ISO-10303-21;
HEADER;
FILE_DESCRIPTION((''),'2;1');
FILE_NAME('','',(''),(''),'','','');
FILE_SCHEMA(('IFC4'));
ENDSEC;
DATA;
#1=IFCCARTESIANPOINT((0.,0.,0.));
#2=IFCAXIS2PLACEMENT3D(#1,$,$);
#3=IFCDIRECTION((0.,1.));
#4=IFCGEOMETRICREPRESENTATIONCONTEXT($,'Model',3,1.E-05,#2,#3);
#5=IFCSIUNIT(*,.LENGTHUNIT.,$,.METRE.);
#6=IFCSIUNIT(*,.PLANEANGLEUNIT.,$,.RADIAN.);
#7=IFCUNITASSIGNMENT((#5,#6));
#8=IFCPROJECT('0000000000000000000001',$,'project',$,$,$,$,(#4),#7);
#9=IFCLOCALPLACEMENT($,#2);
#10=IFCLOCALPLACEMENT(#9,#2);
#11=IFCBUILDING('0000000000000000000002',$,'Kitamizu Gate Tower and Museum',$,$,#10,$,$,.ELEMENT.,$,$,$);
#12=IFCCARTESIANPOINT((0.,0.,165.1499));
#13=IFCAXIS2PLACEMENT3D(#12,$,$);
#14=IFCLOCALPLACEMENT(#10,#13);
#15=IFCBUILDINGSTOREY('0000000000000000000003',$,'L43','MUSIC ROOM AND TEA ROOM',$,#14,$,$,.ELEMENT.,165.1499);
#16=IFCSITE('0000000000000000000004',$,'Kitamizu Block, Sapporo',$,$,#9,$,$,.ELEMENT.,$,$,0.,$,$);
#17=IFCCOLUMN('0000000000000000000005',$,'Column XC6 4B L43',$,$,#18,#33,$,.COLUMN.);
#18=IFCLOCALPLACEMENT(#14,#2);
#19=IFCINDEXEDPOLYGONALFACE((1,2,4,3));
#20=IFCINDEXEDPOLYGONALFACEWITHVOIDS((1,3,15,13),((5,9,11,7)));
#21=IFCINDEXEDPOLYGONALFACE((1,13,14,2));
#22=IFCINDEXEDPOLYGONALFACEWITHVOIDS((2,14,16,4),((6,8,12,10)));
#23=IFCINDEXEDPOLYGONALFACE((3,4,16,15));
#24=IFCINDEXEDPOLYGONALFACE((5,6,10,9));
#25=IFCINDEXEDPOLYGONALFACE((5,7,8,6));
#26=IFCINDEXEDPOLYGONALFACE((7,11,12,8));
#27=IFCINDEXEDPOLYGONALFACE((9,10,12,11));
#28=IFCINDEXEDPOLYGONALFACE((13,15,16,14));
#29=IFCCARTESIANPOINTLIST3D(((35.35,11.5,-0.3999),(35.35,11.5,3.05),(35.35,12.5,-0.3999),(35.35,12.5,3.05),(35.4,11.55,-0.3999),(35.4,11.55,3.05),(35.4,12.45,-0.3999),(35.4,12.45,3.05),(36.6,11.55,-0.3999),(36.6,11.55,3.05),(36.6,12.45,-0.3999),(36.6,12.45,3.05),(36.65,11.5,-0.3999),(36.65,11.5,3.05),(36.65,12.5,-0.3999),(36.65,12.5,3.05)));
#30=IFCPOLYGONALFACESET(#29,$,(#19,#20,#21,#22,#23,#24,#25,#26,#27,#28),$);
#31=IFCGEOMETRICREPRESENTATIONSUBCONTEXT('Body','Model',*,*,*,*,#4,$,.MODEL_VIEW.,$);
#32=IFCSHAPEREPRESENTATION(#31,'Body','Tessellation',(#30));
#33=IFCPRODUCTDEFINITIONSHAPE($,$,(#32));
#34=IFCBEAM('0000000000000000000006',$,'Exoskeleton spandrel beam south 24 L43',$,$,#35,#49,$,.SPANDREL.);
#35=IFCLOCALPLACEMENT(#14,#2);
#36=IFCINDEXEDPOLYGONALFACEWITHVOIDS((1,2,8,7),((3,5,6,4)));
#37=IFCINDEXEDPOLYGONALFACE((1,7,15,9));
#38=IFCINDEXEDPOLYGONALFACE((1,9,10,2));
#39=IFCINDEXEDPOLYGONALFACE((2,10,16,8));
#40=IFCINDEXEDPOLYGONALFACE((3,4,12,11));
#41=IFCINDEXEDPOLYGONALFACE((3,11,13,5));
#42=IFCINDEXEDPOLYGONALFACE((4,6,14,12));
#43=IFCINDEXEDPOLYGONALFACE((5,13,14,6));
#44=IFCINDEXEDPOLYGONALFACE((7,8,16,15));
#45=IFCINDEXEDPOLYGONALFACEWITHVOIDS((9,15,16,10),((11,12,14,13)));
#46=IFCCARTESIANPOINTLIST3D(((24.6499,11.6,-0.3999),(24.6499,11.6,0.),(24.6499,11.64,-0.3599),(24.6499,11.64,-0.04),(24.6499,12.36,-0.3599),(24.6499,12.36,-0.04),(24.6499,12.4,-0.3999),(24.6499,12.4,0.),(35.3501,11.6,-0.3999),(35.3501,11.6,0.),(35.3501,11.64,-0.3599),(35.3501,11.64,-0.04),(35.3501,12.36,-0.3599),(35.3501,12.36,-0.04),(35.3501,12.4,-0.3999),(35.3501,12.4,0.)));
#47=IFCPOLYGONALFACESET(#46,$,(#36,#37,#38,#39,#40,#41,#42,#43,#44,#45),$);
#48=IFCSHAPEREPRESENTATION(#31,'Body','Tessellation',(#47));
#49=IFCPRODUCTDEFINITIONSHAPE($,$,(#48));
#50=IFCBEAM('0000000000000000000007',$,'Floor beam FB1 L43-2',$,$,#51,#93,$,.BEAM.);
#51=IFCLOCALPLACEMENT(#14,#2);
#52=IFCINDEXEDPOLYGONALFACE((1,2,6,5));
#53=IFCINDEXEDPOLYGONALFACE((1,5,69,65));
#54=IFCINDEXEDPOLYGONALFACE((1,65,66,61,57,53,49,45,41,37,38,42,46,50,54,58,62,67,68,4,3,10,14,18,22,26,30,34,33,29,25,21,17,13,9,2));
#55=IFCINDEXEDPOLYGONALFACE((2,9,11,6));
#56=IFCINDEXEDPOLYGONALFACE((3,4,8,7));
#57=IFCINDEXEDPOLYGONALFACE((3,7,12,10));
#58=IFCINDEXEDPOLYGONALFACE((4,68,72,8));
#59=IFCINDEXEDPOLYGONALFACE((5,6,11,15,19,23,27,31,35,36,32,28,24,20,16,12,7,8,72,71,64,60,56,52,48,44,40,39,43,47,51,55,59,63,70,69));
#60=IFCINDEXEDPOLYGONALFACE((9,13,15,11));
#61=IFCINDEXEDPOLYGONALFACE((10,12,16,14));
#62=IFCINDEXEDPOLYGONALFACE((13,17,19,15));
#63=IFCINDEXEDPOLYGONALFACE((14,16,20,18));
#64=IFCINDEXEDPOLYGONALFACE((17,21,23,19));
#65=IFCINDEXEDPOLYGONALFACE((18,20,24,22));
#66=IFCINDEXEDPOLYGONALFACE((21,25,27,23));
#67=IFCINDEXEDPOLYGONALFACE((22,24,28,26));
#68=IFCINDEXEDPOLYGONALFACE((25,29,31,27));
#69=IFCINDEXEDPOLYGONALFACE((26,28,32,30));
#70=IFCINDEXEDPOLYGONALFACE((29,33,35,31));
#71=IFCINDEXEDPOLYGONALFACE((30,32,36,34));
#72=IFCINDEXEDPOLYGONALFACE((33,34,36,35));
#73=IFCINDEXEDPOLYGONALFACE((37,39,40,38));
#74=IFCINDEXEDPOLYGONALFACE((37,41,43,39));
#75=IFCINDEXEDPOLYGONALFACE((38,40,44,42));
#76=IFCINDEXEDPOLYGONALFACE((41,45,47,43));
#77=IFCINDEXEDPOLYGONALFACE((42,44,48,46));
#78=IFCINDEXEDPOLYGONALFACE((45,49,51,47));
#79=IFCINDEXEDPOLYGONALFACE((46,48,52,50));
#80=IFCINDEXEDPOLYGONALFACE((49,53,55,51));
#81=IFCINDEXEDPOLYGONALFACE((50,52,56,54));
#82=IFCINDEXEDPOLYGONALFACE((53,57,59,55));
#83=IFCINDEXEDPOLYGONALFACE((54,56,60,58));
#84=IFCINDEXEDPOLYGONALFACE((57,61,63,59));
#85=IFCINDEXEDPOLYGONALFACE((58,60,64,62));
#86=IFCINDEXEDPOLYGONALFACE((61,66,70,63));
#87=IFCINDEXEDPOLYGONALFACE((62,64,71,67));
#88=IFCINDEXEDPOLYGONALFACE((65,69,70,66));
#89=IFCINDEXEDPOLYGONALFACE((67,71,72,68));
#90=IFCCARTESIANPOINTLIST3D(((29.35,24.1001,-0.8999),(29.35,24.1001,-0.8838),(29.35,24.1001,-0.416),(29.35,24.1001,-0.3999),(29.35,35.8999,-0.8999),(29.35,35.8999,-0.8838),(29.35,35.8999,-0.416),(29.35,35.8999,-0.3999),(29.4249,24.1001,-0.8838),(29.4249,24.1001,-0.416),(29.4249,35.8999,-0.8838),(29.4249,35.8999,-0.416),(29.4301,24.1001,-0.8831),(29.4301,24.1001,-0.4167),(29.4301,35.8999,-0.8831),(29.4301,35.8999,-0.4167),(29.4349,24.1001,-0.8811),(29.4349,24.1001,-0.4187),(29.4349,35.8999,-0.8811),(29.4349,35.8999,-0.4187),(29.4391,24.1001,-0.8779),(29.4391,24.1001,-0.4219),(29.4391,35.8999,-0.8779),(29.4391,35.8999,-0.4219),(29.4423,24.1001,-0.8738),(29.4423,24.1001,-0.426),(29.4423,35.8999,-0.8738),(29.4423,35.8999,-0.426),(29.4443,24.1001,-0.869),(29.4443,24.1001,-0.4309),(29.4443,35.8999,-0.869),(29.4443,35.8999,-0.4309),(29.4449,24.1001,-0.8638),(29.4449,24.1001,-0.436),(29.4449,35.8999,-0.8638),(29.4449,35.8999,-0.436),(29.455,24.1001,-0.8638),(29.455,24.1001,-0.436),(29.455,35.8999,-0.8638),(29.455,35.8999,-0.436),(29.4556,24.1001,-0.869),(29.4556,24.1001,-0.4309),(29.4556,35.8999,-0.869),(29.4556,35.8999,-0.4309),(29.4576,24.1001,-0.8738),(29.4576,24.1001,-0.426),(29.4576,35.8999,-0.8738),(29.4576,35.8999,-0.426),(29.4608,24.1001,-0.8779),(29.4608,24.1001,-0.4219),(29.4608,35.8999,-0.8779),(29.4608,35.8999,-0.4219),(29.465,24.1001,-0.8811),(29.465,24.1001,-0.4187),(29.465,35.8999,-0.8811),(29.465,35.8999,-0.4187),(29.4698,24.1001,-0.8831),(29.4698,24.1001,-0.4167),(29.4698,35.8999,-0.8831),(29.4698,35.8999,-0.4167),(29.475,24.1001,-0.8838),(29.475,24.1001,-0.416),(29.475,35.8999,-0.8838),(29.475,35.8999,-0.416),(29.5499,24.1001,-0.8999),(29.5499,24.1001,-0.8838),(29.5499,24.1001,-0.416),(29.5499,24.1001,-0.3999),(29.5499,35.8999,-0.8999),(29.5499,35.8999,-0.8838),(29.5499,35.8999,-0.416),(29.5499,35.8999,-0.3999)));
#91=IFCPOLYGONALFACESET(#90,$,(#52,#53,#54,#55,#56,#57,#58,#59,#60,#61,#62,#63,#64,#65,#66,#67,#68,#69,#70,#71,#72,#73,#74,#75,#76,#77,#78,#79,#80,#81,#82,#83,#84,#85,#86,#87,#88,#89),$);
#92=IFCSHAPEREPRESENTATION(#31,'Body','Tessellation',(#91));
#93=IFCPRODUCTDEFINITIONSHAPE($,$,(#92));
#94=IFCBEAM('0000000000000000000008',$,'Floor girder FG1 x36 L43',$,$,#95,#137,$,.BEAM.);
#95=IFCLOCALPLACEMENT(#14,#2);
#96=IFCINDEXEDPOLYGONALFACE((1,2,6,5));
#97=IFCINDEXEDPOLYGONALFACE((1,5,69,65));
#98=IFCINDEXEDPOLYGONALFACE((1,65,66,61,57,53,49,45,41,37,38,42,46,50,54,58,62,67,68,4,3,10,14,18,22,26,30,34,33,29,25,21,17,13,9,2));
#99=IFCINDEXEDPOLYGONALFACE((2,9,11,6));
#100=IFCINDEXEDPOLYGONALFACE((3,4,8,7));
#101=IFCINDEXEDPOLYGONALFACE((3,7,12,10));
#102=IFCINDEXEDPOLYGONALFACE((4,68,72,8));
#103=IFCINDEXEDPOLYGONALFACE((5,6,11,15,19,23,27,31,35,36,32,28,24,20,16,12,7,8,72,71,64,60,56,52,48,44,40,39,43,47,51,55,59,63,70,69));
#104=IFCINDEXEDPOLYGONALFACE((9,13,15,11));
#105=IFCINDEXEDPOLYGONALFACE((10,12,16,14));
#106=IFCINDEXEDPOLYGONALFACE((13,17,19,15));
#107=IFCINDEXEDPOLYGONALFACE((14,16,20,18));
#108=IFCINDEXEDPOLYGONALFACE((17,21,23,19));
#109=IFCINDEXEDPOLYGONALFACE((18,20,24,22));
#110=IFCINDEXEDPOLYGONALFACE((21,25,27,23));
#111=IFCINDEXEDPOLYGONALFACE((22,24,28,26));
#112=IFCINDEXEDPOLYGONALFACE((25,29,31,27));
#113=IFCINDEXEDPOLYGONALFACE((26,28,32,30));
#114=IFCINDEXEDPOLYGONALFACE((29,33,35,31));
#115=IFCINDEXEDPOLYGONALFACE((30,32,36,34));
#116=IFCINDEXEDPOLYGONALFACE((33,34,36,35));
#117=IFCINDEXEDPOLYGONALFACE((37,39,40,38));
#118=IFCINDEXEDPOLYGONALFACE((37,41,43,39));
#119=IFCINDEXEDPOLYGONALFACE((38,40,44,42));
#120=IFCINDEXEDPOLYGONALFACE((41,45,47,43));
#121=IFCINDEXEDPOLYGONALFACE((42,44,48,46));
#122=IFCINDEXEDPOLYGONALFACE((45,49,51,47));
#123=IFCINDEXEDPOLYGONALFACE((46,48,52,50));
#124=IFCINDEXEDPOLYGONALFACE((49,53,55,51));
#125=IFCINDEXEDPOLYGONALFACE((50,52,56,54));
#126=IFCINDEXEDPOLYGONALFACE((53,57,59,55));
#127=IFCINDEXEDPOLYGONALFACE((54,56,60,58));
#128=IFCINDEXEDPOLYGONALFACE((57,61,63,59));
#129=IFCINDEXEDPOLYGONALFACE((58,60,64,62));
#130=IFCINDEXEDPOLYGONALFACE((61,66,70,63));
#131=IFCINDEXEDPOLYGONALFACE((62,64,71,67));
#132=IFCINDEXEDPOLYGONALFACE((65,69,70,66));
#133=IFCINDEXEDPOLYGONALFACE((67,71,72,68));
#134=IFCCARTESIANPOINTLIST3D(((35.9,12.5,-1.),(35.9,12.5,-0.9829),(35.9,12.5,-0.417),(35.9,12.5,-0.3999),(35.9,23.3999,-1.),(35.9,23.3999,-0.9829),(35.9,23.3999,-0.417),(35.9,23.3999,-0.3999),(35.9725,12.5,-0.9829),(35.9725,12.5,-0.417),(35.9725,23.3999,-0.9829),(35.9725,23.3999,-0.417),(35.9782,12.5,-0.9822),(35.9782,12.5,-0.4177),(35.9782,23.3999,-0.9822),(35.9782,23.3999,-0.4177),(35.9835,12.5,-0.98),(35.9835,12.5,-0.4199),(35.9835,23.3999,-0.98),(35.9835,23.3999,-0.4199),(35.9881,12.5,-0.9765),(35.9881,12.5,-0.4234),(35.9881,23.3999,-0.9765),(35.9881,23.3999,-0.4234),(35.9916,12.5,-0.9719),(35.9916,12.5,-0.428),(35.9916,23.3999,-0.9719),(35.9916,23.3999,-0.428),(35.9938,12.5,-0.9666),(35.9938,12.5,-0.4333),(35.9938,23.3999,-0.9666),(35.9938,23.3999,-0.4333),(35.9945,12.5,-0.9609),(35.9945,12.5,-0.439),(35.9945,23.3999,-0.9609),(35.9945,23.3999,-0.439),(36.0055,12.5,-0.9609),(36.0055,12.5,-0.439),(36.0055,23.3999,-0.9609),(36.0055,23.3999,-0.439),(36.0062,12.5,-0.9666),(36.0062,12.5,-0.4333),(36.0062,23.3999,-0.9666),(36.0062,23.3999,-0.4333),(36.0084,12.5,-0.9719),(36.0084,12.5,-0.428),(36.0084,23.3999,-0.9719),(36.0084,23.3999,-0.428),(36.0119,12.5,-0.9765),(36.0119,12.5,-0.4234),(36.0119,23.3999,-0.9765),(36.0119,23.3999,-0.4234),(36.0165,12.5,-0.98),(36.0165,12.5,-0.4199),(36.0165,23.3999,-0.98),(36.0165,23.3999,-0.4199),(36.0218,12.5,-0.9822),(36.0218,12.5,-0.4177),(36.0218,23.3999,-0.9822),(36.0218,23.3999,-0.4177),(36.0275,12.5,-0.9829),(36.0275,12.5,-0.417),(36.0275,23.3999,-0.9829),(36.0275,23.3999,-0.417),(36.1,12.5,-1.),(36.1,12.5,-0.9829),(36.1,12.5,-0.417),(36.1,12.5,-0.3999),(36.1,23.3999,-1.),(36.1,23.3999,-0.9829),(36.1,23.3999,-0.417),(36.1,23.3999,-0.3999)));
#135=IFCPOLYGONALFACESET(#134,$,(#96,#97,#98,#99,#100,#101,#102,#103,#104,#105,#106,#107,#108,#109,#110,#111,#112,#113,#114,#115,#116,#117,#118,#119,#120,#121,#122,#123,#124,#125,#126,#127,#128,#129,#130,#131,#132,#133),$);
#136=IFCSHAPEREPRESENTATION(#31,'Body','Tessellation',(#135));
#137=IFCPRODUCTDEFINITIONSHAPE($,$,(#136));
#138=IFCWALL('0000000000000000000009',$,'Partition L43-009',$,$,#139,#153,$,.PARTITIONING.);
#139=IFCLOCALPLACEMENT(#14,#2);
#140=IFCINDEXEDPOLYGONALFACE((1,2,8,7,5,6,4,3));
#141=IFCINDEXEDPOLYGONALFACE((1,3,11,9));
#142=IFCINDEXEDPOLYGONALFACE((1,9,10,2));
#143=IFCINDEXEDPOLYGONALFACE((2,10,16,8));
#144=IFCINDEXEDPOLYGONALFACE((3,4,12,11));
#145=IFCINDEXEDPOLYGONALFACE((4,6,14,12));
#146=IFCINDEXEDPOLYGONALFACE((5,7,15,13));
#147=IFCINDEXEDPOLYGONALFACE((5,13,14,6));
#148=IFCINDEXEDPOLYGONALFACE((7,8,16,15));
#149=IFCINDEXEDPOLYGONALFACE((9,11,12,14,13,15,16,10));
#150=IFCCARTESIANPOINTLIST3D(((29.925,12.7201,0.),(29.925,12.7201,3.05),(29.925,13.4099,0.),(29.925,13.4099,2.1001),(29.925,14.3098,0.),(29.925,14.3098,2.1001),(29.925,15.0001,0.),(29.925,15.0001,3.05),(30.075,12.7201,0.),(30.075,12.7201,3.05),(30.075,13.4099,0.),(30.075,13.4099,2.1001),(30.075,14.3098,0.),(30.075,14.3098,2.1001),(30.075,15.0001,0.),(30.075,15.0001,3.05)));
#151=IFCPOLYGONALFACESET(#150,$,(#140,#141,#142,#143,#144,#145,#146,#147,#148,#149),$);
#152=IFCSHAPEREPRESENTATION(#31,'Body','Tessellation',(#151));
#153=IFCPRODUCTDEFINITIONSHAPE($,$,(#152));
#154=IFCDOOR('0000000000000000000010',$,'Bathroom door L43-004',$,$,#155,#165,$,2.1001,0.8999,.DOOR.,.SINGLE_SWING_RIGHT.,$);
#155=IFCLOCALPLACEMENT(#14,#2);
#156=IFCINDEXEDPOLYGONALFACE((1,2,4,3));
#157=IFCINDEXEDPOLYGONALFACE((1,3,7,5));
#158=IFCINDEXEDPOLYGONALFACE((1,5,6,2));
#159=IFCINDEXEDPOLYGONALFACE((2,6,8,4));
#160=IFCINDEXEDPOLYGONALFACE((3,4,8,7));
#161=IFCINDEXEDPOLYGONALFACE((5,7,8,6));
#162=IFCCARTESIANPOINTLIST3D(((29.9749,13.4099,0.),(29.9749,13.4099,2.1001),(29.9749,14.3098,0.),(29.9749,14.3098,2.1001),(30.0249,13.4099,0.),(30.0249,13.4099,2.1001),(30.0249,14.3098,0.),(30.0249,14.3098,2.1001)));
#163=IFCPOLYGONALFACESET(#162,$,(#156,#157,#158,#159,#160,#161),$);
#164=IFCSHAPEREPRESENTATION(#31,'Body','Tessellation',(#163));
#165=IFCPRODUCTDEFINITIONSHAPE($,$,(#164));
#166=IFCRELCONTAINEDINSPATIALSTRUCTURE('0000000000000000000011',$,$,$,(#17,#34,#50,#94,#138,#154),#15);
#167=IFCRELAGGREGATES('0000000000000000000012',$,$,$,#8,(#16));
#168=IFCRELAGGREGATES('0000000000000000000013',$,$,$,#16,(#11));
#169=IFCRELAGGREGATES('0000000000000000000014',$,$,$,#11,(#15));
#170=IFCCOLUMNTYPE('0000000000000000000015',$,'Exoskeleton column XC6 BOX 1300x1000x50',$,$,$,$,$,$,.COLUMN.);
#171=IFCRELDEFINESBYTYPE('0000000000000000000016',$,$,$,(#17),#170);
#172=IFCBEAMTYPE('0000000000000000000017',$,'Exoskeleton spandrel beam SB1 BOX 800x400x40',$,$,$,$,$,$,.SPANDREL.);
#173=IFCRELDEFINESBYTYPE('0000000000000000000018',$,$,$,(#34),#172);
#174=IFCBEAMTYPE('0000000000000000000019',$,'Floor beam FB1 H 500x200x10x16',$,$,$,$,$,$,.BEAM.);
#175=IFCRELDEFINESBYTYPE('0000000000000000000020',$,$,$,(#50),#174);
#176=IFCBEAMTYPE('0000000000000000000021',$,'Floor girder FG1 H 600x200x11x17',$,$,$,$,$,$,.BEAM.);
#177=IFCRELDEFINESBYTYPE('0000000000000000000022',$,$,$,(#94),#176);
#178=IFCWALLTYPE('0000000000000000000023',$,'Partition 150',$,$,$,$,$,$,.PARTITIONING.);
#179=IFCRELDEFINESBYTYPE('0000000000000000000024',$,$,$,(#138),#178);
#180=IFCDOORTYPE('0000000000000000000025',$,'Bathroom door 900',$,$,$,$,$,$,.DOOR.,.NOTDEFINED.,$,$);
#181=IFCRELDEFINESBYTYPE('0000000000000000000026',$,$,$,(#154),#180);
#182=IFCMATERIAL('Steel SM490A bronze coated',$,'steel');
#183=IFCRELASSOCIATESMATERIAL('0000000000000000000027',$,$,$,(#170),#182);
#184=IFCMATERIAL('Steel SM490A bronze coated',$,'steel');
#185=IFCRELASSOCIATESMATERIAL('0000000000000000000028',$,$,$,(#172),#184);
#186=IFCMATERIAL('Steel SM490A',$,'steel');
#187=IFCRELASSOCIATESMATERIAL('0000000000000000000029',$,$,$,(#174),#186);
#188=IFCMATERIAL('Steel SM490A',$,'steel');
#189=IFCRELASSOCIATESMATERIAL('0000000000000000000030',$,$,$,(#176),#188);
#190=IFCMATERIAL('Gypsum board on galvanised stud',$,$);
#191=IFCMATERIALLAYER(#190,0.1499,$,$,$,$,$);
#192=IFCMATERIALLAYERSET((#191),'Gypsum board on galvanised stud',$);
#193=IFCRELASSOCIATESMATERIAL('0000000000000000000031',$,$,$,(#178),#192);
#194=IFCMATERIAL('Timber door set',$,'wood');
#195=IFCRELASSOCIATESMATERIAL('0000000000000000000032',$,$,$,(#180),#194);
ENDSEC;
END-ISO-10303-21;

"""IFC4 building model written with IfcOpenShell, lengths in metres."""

from ifc_helpers import new_model, si_unit, direction, frame, frame_2d, origin, origin_2d, place, context, subcontext, project, spatial, rectangle, hollow_rectangle, i_section, extrude, material, layer, layer_set, material_profile, profile_set, type_object, element, fill, save


model = new_model("IFC4")

# Units and contexts
model_context = context("Model", 3, precision=1e-05, world=origin(), true_north=direction((0.0, 1.0)))
body_context = subcontext(model_context, "Body", "Model", "MODEL_VIEW")
ifc_project = project(units=[si_unit("LENGTHUNIT", "METRE"), si_unit("PLANEANGLEUNIT", "RADIAN")], contexts=[model_context])

# Site, building, storey
site_placement = place(None, origin())
site = spatial("IfcSite", under=ifc_project, at=site_placement, Name="Kitamizu Block, Sapporo", CompositionType="ELEMENT", RefElevation=0.0)
building_placement = place(site_placement, origin())
building = spatial("IfcBuilding", under=site, at=building_placement, Name="Kitamizu Gate Tower and Museum", CompositionType="ELEMENT")
storey_placement = place(building_placement, frame((0.0, 0.0, 165.1499)))
storey = spatial("IfcBuildingStorey", under=building, at=storey_placement, Name="L43", Description="MUSIC ROOM AND TEA ROOM", CompositionType="ELEMENT", Elevation=165.1499)

# Column
ifc_material_1 = material(Name="Steel SM490A bronze coated", Category="steel")
ifc_material_profile_1 = material_profile(ifc_material_1, hollow_rectangle(XDim=1.3, YDim=1.0, WallThickness=0.05, at=origin_2d()), Name="BOX 1300x1000x50")
ifc_profile_set_1 = profile_set([ifc_material_profile_1], Name="Steel SM490A bronze coated")
column_type = type_object("IfcColumnType", Name="Exoskeleton column XC6 BOX 1300x1000x50", PredefinedType="COLUMN", material=ifc_profile_set_1)
column_placement = place(storey_placement, frame((36.0, 12.0, -0.3999), z_axis=(0.0, 0.0, 1.0), x_axis=(1.0, 0.0, 0.0)))
element("IfcColumn", 1, at=column_placement, inside=storey, type_object=column_type, Name="Column XC6 4B L43", PredefinedType="COLUMN", context=body_context, shape_type="SweptSolid", body=[
    extrude(hollow_rectangle(XDim=1.3, YDim=1.0, WallThickness=0.05, at=origin_2d()), origin(), (0.0, 0.0, 1.0), 3.45),
])

# Beams
ifc_material_2 = material(Name="Steel SM490A bronze coated", Category="steel")
ifc_material_profile_2 = material_profile(ifc_material_2, hollow_rectangle(XDim=0.8, YDim=0.3999, WallThickness=0.04, at=origin_2d()), Name="BOX 800x400x40")
ifc_profile_set_2 = profile_set([ifc_material_profile_2], Name="Steel SM490A bronze coated")
beam_type_1 = type_object("IfcBeamType", Name="Exoskeleton spandrel beam SB1 BOX 800x400x40", PredefinedType="SPANDREL", material=ifc_profile_set_2)
beam_1_placement = place(storey_placement, frame((24.6499, 12.0, -0.2), z_axis=(1.0, 0.0, 0.0), x_axis=(0.0, 1.0, 0.0)))
element("IfcBeam", 2, at=beam_1_placement, inside=storey, type_object=beam_type_1, Name="Exoskeleton spandrel beam south 24 L43", PredefinedType="SPANDREL", context=body_context, shape_type="SweptSolid", body=[
    extrude(hollow_rectangle(XDim=0.8, YDim=0.3999, WallThickness=0.04, at=origin_2d()), origin(), (0.0, 0.0, 1.0), 10.7002),
])
ifc_material_3 = material(Name="Steel SM490A", Category="steel")
ifc_material_profile_3 = material_profile(ifc_material_3, i_section(OverallWidth=0.2, OverallDepth=0.5, WebThickness=0.01, FlangeThickness=0.0161, FilletRadius=0.02, at=origin_2d()), Name="H-500x200x10x16")
ifc_profile_set_3 = profile_set([ifc_material_profile_3], Name="Steel SM490A")
beam_type_2 = type_object("IfcBeamType", Name="Floor beam FB1 H 500x200x10x16", PredefinedType="BEAM", material=ifc_profile_set_3)
beam_2_placement = place(storey_placement, frame((29.45, 24.1001, -0.6499), z_axis=(0.0, 1.0, 0.0), x_axis=(-1.0, 0.0, 0.0)))
element("IfcBeam", 3, at=beam_2_placement, inside=storey, type_object=beam_type_2, Name="Floor beam FB1 L43-2", PredefinedType="BEAM", context=body_context, shape_type="SweptSolid", body=[
    extrude(i_section(OverallWidth=0.2, OverallDepth=0.5, WebThickness=0.01, FlangeThickness=0.0161, FilletRadius=0.02, at=origin_2d()), origin(), (0.0, 0.0, 1.0), 11.7998),
])
ifc_material_4 = material(Name="Steel SM490A", Category="steel")
ifc_material_profile_4 = material_profile(ifc_material_4, i_section(OverallWidth=0.2, OverallDepth=0.6001, WebThickness=0.011, FlangeThickness=0.0171, FilletRadius=0.022, at=origin_2d()), Name="H-600x200x11x17")
ifc_profile_set_4 = profile_set([ifc_material_profile_4], Name="Steel SM490A")
beam_type_3 = type_object("IfcBeamType", Name="Floor girder FG1 H 600x200x11x17", PredefinedType="BEAM", material=ifc_profile_set_4)
beam_3_placement = place(storey_placement, frame((36.0, 12.5, -0.7), z_axis=(0.0, 1.0, 0.0), x_axis=(-1.0, 0.0, 0.0)))
element("IfcBeam", 4, at=beam_3_placement, inside=storey, type_object=beam_type_3, Name="Floor girder FG1 x36 L43", PredefinedType="BEAM", context=body_context, shape_type="SweptSolid", body=[
    extrude(i_section(OverallWidth=0.2, OverallDepth=0.6001, WebThickness=0.011, FlangeThickness=0.0171, FilletRadius=0.022, at=origin_2d()), origin(), (0.0, 0.0, 1.0), 10.8999),
])

# Wall, opening, door
ifc_material_5 = material(Name="Gypsum board on galvanised stud")
ifc_layer_1 = layer(ifc_material_5, 0.1499)
ifc_layer_set_1 = layer_set([ifc_layer_1], Name="Gypsum board on galvanised stud")
wall_type_1 = type_object("IfcWallType", Name="Partition 150", PredefinedType="PARTITIONING", material=ifc_layer_set_1)
wall_1_placement = place(storey_placement, frame((30.0, 12.72, 0.0), z_axis=(0.0, 0.0, 1.0), x_axis=(0.0, 1.0, 0.0)))
wall_1 = element("IfcWall", 5, at=wall_1_placement, inside=storey, type_object=wall_type_1, Name="Partition L43-009", PredefinedType="PARTITIONING", context=body_context, shape_type="SweptSolid", body=[
    extrude(rectangle(XDim=2.28, YDim=0.1499, at=frame_2d((1.1401, 0.0))), origin(), (0.0, 0.0, 1.0), 3.05),
])
opening_1_placement = place(wall_1_placement, frame((0.6899, 0.0, 0.0)))
opening_1 = element("IfcOpeningElement", 6, at=opening_1_placement, cuts=wall_1, PredefinedType="OPENING", context=body_context, shape_type="SweptSolid", body=[
    extrude(rectangle(XDim=0.8999, YDim=2.1001, at=frame_2d((0.45, 1.05))), frame((0.0, 0.085, 0.0), z_axis=(0.0, -1.0, 0.0), x_axis=(1.0, 0.0, 0.0)), (0.0, 0.0, 1.0), 0.1699),
])
ifc_material_6 = material(Name="Timber door set", Category="wood")
door_type_1 = type_object("IfcDoorType", Name="Bathroom door 900", OperationType="NOTDEFINED", PredefinedType="DOOR", material=ifc_material_6)
door_1_placement = place(opening_1_placement, frame((0.8999, 0.0, 0.0), x_axis=(-1.0, 0.0, 0.0)))
door_1 = element("IfcDoor", 7, at=door_1_placement, inside=storey, type_object=door_type_1, Name="Bathroom door L43-004", OperationType="SINGLE_SWING_RIGHT", OverallHeight=2.1001, OverallWidth=0.8999, PredefinedType="DOOR", context=body_context, shape_type="SweptSolid", body=[
    extrude(rectangle(XDim=0.8999, YDim=2.1001, at=frame_2d((0.45, 1.05))), frame((0.0, 0.0249, 0.0), z_axis=(0.0, -1.0, 0.0), x_axis=(1.0, 0.0, 0.0)), (0.0, 0.0, 1.0), 0.05),
])
fill(opening_1, door_1)

save(model, "model.ifc")
